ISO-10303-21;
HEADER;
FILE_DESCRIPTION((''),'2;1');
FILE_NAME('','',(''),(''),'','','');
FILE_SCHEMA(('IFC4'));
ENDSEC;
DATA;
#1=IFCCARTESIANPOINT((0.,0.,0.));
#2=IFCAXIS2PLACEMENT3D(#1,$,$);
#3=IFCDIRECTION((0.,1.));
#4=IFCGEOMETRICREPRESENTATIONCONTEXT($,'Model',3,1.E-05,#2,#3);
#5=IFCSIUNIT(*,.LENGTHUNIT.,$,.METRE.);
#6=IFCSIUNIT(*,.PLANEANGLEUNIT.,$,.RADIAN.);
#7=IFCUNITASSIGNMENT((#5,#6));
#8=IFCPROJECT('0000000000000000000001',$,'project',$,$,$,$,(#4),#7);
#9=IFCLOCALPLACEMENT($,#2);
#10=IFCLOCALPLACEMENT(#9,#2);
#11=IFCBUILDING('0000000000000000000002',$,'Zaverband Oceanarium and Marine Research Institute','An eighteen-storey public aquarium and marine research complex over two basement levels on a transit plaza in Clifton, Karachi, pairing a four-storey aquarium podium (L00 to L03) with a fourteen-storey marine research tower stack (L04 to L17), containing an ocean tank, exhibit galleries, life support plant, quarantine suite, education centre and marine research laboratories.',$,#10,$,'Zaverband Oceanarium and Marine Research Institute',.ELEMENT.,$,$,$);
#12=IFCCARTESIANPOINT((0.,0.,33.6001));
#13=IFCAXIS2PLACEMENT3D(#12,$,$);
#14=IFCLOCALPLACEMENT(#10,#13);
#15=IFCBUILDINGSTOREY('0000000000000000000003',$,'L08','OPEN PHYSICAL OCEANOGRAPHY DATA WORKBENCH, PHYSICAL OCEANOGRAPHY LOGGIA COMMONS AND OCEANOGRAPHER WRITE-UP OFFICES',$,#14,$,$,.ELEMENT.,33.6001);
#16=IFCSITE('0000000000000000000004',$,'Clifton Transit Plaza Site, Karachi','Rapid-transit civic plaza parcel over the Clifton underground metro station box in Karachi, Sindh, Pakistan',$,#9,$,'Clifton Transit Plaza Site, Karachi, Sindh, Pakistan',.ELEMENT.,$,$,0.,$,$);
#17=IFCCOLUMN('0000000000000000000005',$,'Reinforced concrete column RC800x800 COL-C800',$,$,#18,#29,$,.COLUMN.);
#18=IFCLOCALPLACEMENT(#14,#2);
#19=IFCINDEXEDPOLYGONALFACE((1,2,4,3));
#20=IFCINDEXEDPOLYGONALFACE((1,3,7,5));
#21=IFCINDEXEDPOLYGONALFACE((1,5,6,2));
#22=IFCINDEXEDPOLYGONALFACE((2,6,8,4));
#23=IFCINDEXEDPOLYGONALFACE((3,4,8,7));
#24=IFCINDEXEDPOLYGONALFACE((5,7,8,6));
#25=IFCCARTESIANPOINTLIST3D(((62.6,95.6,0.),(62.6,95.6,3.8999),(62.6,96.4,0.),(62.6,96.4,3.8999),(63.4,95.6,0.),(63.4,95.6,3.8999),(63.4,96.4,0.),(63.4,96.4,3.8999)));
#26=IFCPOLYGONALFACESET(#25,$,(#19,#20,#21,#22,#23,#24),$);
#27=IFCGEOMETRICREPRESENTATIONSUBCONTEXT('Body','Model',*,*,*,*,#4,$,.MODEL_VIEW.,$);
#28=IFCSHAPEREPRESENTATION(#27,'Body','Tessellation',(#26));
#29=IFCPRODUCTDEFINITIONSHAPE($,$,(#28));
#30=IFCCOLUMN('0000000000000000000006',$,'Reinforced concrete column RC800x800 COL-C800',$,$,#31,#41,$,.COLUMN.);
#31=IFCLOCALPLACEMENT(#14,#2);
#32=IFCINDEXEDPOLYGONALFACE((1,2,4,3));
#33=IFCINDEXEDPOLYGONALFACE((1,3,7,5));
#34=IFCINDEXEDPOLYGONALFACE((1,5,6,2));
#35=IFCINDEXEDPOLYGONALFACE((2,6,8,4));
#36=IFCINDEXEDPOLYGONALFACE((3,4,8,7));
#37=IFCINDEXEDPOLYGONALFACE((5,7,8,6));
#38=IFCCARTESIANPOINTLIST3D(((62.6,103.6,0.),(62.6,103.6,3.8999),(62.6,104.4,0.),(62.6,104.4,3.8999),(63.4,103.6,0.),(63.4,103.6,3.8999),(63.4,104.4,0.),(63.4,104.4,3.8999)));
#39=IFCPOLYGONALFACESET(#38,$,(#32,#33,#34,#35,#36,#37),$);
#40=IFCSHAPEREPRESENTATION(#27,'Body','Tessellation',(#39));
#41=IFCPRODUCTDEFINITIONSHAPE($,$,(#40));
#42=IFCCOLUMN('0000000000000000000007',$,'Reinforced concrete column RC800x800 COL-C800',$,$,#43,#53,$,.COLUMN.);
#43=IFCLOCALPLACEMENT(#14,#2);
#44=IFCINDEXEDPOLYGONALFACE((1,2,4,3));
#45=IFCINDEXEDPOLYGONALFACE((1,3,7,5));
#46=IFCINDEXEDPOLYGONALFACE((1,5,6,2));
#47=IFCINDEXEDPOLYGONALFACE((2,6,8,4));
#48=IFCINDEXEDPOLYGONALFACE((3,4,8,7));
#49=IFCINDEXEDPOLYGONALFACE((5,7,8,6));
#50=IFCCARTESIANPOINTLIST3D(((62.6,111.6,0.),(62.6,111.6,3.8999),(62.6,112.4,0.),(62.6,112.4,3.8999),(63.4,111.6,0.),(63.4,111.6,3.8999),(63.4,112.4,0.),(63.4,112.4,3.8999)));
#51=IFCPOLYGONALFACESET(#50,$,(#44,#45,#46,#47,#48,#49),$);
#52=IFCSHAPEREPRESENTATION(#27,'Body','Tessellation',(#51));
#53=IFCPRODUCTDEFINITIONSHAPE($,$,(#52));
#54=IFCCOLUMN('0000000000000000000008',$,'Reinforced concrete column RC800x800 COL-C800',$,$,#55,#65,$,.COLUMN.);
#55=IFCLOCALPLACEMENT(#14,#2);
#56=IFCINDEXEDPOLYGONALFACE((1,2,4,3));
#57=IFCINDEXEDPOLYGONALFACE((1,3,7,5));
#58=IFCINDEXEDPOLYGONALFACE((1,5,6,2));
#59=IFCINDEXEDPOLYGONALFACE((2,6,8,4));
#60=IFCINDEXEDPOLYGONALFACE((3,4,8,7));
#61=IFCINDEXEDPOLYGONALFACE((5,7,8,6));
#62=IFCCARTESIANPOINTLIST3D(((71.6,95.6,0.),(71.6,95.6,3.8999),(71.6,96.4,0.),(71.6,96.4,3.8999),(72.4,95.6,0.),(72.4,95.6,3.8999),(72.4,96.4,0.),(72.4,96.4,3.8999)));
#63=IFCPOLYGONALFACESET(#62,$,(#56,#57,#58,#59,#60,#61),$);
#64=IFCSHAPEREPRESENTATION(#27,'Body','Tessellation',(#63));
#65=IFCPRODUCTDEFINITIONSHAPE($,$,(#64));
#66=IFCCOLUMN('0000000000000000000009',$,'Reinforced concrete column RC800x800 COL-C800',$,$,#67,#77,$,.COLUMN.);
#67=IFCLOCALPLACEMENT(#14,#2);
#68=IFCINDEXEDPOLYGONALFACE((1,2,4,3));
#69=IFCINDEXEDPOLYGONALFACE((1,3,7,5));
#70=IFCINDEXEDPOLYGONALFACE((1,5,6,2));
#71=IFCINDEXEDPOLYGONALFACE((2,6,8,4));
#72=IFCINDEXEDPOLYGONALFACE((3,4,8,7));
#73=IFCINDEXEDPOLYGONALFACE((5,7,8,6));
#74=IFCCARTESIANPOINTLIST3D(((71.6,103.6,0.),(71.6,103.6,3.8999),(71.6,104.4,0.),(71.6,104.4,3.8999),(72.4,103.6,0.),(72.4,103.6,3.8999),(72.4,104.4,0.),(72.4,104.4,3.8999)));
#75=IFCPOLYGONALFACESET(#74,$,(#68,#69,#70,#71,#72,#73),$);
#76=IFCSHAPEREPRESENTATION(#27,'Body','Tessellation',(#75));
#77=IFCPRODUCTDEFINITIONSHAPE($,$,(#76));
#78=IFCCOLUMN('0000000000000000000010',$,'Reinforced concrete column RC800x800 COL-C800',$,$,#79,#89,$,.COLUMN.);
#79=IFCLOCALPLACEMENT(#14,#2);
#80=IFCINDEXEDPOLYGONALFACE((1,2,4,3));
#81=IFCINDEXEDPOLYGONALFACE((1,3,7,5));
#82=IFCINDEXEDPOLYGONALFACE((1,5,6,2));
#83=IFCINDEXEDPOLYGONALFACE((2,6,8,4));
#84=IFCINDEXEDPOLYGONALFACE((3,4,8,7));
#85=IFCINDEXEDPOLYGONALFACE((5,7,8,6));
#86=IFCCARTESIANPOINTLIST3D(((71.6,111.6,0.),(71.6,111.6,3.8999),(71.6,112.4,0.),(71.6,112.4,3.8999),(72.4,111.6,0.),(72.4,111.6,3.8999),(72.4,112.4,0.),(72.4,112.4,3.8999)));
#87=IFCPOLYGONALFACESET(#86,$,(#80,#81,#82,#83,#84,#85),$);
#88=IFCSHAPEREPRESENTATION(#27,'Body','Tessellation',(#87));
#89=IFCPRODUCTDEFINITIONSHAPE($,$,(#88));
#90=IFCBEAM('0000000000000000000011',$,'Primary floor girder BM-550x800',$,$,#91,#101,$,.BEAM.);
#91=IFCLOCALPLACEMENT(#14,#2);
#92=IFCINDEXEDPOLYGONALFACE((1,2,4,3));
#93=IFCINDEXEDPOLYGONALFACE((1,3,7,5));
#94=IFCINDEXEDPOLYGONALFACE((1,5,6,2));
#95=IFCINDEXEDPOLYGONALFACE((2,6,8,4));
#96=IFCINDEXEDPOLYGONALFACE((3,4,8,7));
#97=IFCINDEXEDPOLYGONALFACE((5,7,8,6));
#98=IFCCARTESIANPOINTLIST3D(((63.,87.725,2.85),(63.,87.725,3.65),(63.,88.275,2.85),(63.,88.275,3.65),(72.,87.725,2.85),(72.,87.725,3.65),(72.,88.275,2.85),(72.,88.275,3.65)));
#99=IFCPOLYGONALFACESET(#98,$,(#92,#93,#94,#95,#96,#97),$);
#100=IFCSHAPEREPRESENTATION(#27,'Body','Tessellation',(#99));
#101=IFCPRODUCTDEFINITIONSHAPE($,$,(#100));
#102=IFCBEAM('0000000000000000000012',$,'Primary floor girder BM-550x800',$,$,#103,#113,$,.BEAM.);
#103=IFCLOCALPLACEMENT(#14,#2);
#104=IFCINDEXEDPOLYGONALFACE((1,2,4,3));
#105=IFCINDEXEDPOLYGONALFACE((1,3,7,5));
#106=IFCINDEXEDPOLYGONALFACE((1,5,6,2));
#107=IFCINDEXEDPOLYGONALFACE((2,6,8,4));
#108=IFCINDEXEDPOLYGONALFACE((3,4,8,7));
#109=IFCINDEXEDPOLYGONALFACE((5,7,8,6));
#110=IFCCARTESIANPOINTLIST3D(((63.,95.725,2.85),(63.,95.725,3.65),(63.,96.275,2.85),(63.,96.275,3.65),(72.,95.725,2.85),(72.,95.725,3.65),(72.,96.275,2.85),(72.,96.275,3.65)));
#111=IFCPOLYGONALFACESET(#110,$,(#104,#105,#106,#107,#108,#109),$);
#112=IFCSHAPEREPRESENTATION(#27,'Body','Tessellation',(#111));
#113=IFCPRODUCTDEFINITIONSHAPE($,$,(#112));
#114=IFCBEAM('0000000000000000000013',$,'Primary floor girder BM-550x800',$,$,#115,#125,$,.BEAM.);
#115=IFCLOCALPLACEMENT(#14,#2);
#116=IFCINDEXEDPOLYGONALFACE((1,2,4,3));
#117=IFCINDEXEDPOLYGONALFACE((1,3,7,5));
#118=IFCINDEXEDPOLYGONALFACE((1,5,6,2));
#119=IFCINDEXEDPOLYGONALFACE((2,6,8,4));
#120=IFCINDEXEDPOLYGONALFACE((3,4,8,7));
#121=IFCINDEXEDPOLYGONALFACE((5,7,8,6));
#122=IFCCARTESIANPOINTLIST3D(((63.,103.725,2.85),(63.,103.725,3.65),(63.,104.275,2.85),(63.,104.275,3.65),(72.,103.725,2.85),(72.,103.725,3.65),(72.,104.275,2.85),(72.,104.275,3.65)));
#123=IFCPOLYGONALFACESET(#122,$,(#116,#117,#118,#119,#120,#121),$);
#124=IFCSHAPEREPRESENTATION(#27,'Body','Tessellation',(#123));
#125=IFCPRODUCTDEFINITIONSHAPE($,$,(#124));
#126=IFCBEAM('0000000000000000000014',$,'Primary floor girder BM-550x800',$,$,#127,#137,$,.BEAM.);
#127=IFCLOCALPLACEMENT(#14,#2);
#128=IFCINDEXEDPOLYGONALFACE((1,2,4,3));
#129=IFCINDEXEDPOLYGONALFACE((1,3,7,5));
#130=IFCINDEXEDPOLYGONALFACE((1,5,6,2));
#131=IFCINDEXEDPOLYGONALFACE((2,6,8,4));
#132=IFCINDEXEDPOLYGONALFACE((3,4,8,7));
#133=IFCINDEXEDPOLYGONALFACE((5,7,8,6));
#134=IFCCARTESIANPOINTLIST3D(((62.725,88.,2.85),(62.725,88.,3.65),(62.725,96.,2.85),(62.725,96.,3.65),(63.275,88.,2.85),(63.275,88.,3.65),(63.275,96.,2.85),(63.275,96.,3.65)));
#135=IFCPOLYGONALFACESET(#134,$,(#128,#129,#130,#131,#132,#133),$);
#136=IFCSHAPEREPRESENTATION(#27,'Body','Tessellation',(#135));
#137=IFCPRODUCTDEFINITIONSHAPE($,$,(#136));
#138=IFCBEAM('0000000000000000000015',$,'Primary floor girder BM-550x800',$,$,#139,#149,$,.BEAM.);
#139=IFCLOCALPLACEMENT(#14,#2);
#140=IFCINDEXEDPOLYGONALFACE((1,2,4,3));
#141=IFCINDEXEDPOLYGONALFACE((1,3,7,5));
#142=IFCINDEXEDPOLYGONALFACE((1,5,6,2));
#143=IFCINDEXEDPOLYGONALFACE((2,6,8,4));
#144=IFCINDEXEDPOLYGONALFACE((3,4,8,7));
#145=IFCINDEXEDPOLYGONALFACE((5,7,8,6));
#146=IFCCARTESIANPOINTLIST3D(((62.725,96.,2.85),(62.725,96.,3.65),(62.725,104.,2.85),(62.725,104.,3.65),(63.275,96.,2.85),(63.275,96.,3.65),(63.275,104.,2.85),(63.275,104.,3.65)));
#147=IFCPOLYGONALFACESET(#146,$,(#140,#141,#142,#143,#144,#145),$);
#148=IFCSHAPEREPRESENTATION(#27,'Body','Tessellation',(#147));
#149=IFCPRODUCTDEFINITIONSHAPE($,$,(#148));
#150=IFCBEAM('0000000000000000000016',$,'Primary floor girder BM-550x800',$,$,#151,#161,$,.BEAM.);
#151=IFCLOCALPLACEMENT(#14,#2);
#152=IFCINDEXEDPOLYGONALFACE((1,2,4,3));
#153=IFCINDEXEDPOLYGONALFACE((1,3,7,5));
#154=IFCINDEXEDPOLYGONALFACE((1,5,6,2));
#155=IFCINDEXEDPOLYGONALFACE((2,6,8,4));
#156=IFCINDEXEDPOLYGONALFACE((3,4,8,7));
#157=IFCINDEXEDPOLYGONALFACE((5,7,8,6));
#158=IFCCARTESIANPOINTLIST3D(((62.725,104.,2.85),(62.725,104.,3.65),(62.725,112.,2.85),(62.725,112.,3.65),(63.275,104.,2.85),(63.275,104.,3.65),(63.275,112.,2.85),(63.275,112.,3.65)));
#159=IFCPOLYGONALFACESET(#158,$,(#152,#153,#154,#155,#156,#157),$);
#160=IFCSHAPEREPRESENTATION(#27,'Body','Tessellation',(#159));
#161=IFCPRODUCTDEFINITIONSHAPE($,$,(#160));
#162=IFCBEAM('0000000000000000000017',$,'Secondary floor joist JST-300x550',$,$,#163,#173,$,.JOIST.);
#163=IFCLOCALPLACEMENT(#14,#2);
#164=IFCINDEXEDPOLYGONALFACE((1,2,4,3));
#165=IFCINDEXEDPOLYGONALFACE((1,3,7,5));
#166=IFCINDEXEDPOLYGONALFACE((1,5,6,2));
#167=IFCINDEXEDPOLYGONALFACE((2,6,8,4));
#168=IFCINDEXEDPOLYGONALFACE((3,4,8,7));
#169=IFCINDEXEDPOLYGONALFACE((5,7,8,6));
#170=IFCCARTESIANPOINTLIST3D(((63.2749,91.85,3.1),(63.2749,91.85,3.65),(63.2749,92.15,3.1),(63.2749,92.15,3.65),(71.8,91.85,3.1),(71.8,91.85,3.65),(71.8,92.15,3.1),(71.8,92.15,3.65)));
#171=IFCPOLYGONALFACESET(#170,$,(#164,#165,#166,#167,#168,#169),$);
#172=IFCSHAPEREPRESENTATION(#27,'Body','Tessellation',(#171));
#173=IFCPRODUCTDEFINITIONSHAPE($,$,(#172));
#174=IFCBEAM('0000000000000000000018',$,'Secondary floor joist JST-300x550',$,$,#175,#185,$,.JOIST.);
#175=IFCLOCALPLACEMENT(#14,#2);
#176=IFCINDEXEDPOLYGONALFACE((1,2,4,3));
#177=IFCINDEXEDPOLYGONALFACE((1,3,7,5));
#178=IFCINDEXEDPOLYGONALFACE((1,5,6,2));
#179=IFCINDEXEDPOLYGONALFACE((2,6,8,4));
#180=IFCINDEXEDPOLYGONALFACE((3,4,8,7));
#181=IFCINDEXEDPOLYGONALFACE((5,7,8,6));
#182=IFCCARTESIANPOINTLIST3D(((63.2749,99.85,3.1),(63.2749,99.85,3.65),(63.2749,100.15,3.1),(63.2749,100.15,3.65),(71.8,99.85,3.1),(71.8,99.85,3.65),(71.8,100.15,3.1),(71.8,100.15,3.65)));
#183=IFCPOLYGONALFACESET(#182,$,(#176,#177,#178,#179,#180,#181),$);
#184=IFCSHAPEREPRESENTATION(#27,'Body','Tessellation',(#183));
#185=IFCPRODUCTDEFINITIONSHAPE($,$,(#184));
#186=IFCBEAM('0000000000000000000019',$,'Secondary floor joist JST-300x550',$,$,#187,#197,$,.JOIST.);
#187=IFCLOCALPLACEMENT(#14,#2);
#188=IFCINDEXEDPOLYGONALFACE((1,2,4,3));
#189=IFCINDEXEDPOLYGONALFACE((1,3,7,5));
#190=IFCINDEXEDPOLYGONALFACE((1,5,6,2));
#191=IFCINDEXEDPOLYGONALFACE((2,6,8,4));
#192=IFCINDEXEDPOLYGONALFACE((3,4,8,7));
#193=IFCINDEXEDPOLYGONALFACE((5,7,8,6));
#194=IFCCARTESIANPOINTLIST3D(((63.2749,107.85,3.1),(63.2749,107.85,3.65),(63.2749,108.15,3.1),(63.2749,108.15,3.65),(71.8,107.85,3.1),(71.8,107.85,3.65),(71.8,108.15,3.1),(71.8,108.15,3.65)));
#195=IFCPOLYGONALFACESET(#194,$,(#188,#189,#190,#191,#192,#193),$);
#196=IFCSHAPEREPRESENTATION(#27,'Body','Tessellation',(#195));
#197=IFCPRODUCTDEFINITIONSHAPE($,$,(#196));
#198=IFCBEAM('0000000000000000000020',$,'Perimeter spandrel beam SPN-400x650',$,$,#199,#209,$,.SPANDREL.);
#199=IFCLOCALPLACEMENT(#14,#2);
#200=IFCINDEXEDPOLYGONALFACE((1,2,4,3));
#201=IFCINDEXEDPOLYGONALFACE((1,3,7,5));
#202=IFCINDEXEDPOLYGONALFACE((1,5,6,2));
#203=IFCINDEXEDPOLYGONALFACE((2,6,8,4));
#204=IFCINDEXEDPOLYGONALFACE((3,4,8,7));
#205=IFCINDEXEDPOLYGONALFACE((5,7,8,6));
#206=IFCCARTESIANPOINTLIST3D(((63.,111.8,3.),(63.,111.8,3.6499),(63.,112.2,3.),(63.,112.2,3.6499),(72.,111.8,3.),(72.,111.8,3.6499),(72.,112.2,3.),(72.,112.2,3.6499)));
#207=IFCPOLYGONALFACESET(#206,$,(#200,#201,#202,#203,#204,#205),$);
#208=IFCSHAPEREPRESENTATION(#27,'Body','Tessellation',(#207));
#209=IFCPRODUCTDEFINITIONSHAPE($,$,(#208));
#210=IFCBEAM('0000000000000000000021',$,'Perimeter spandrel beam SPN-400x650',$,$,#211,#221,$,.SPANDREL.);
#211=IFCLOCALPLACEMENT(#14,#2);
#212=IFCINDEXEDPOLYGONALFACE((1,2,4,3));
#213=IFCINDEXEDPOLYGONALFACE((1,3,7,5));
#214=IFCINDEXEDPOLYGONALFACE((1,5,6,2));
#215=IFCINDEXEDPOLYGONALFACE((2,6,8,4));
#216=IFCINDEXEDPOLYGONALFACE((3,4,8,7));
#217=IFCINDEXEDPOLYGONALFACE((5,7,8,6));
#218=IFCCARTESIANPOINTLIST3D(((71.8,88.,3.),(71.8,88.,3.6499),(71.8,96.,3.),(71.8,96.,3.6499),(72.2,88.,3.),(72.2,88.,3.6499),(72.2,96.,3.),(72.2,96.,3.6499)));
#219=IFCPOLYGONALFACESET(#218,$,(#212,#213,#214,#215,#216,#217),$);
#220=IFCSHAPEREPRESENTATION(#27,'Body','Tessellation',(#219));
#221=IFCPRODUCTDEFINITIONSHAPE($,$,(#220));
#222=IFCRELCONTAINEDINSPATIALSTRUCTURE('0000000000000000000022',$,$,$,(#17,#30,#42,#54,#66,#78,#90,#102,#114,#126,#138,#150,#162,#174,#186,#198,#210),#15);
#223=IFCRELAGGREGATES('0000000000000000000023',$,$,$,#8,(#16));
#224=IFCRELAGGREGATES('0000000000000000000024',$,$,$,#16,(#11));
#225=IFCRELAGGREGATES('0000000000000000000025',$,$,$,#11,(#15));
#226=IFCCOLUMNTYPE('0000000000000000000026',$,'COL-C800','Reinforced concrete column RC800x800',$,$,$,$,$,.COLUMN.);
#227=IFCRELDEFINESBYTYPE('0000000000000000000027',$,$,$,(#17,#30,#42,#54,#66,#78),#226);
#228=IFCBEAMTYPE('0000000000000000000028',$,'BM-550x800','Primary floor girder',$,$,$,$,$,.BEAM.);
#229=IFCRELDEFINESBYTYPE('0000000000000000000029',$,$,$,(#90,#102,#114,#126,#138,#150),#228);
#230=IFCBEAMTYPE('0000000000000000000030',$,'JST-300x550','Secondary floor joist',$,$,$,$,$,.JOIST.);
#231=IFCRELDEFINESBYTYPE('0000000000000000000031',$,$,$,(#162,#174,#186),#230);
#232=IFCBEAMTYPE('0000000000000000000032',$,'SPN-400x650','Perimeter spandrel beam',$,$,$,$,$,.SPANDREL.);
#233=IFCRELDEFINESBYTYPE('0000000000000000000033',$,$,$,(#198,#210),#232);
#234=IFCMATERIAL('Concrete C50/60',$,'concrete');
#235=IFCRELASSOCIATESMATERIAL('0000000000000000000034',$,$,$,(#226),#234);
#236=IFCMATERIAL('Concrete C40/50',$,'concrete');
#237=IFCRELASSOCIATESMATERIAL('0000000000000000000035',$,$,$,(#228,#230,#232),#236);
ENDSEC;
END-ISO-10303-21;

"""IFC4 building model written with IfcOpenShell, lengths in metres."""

from ifc_helpers import new_model, si_unit, direction, frame, origin, origin_2d, place, context, subcontext, project, spatial, rectangle, extrude, material, material_profile, profile_set, type_object, element, save


model = new_model("IFC4")

# Units and contexts
model_context = context("Model", 3, precision=1e-05, world=origin(), true_north=direction((0.0, 1.0)))
body_context = subcontext(model_context, "Body", "Model", "MODEL_VIEW")
ifc_project = project(units=[si_unit("LENGTHUNIT", "METRE"), si_unit("PLANEANGLEUNIT", "RADIAN")], contexts=[model_context])

# Site, building, storey
site_placement = place(None, origin())
site = spatial("IfcSite", under=ifc_project, at=site_placement, Name="Clifton Transit Plaza Site, Karachi", Description="Rapid-transit civic plaza parcel over the Clifton underground metro station box in Karachi, Sindh, Pakistan", LongName="Clifton Transit Plaza Site, Karachi, Sindh, Pakistan", CompositionType="ELEMENT", RefElevation=0.0)
building_placement = place(site_placement, origin())
building = spatial("IfcBuilding", under=site, at=building_placement, Name="Zaverband Oceanarium and Marine Research Institute", Description="An eighteen-storey public aquarium and marine research complex over two basement levels on a transit plaza in Clifton, Karachi, pairing a four-storey aquarium podium (L00 to L03) with a fourteen-storey marine research tower stack (L04 to L17), containing an ocean tank, exhibit galleries, life support plant, quarantine suite, education centre and marine research laboratories.", LongName="Zaverband Oceanarium and Marine Research Institute", CompositionType="ELEMENT")
storey_placement = place(building_placement, frame((0.0, 0.0, 33.6001)))
storey = spatial("IfcBuildingStorey", under=building, at=storey_placement, Name="L08", Description="OPEN PHYSICAL OCEANOGRAPHY DATA WORKBENCH, PHYSICAL OCEANOGRAPHY LOGGIA COMMONS AND OCEANOGRAPHER WRITE-UP OFFICES", CompositionType="ELEMENT", Elevation=33.6001)

# Columns
ifc_material_1 = material(Name="Concrete C50/60", Category="concrete")
ifc_material_profile_1 = material_profile(ifc_material_1, rectangle(XDim=0.8, YDim=0.8, at=origin_2d()), Name="RC800x800")
ifc_profile_set_1 = profile_set([ifc_material_profile_1], Name="Concrete C50/60")
column_type = type_object("IfcColumnType", Name="COL-C800", Description="Reinforced concrete column RC800x800", PredefinedType="COLUMN", material=ifc_profile_set_1)
for number, where, z_axis, x_axis, name in (
    (1, (63.0, 96.0, 0.0), (0.0, 0.0, 1.0), (1.0, 0.0, 0.0), "Reinforced concrete column RC800x800 COL-C800"),
    (2, (63.0, 104.0, 0.0), (0.0, 0.0, 1.0), (1.0, 0.0, 0.0), "Reinforced concrete column RC800x800 COL-C800"),
    (3, (63.0, 112.0, 0.0), (0.0, 0.0, 1.0), (1.0, 0.0, 0.0), "Reinforced concrete column RC800x800 COL-C800"),
    (4, (72.0, 96.0, 0.0), (0.0, 0.0, 1.0), (1.0, 0.0, 0.0), "Reinforced concrete column RC800x800 COL-C800"),
    (5, (72.0, 104.0, 0.0), (0.0, 0.0, 1.0), (1.0, 0.0, 0.0), "Reinforced concrete column RC800x800 COL-C800"),
    (6, (72.0, 112.0, 0.0), (0.0, 0.0, 1.0), (1.0, 0.0, 0.0), "Reinforced concrete column RC800x800 COL-C800"),
):
    element("IfcColumn", number, at=place(storey_placement, frame(where, z_axis=z_axis, x_axis=x_axis)), inside=storey, type_object=column_type, Name=name, PredefinedType="COLUMN", context=body_context, shape_type="SweptSolid", body=[
        extrude(rectangle(XDim=0.8, YDim=0.8, at=origin_2d()), origin(), (0.0, 0.0, 1.0), 3.8999),
    ])

# Beams
ifc_material_2 = material(Name="Concrete C40/50", Category="concrete")
ifc_material_profile_2 = material_profile(ifc_material_2, rectangle(XDim=0.55, YDim=0.8, at=origin_2d()), Name="RC550x800")
ifc_profile_set_2 = profile_set([ifc_material_profile_2], Name="Concrete C40/50")
beam_type_1 = type_object("IfcBeamType", Name="BM-550x800", Description="Primary floor girder", PredefinedType="BEAM", material=ifc_profile_set_2)
for number, where, z_axis, x_axis, name in (
    (7, (63.0, 88.0, 3.25), (1.0, 0.0, 0.0), (0.0, 1.0, 0.0), "Primary floor girder BM-550x800"),
    (8, (63.0, 96.0, 3.25), (1.0, 0.0, 0.0), (0.0, 1.0, 0.0), "Primary floor girder BM-550x800"),
    (9, (63.0, 104.0, 3.25), (1.0, 0.0, 0.0), (0.0, 1.0, 0.0), "Primary floor girder BM-550x800"),
):
    element("IfcBeam", number, at=place(storey_placement, frame(where, z_axis=z_axis, x_axis=x_axis)), inside=storey, type_object=beam_type_1, Name=name, PredefinedType="BEAM", context=body_context, shape_type="SweptSolid", body=[
        extrude(rectangle(XDim=0.55, YDim=0.8, at=origin_2d()), origin(), (0.0, 0.0, 1.0), 9.0),
    ])
for number, where, z_axis, x_axis, name in (
    (10, (63.0, 88.0, 3.25), (0.0, 1.0, 0.0), (-1.0, 0.0, 0.0), "Primary floor girder BM-550x800"),
    (11, (63.0, 96.0, 3.25), (0.0, 1.0, 0.0), (-1.0, 0.0, 0.0), "Primary floor girder BM-550x800"),
    (12, (63.0, 104.0, 3.25), (0.0, 1.0, 0.0), (-1.0, 0.0, 0.0), "Primary floor girder BM-550x800"),
):
    element("IfcBeam", number, at=place(storey_placement, frame(where, z_axis=z_axis, x_axis=x_axis)), inside=storey, type_object=beam_type_1, Name=name, PredefinedType="BEAM", context=body_context, shape_type="SweptSolid", body=[
        extrude(rectangle(XDim=0.55, YDim=0.8, at=origin_2d()), origin(), (0.0, 0.0, 1.0), 8.0),
    ])
ifc_material_profile_3 = material_profile(ifc_material_2, rectangle(XDim=0.3, YDim=0.55, at=origin_2d()), Name="RC300x550")
ifc_profile_set_3 = profile_set([ifc_material_profile_3], Name="Concrete C40/50")
beam_type_2 = type_object("IfcBeamType", Name="JST-300x550", Description="Secondary floor joist", PredefinedType="JOIST", material=ifc_profile_set_3)
for number, where, z_axis, x_axis, name in (
    (13, (63.2749, 92.0, 3.375), (1.0, 0.0, 0.0), (0.0, 1.0, 0.0), "Secondary floor joist JST-300x550"),
    (14, (63.2749, 100.0, 3.375), (1.0, 0.0, 0.0), (0.0, 1.0, 0.0), "Secondary floor joist JST-300x550"),
    (15, (63.2749, 108.0, 3.375), (1.0, 0.0, 0.0), (0.0, 1.0, 0.0), "Secondary floor joist JST-300x550"),
):
    element("IfcBeam", number, at=place(storey_placement, frame(where, z_axis=z_axis, x_axis=x_axis)), inside=storey, type_object=beam_type_2, Name=name, PredefinedType="JOIST", context=body_context, shape_type="SweptSolid", body=[
        extrude(rectangle(XDim=0.3, YDim=0.55, at=origin_2d()), origin(), (0.0, 0.0, 1.0), 8.5251),
    ])
ifc_material_profile_4 = material_profile(ifc_material_2, rectangle(XDim=0.3999, YDim=0.6499, at=origin_2d()), Name="RC400x650")
ifc_profile_set_4 = profile_set([ifc_material_profile_4], Name="Concrete C40/50")
beam_type_3 = type_object("IfcBeamType", Name="SPN-400x650", Description="Perimeter spandrel beam", PredefinedType="SPANDREL", material=ifc_profile_set_4)
beam_placement = place(storey_placement, frame((63.0, 112.0, 3.325), z_axis=(1.0, 0.0, 0.0), x_axis=(0.0, 1.0, 0.0)))
element("IfcBeam", 16, at=beam_placement, inside=storey, type_object=beam_type_3, Name="Perimeter spandrel beam SPN-400x650", PredefinedType="SPANDREL", context=body_context, shape_type="SweptSolid", body=[
    extrude(rectangle(XDim=0.3999, YDim=0.6499, at=origin_2d()), origin(), (0.0, 0.0, 1.0), 9.0),
])
for number, where, z_axis, x_axis, name in (
    (17, (72.0, 88.0, 3.325), (0.0, 1.0, 0.0), (-1.0, 0.0, 0.0), "Perimeter spandrel beam SPN-400x650"),
):
    element("IfcBeam", number, at=place(storey_placement, frame(where, z_axis=z_axis, x_axis=x_axis)), inside=storey, type_object=beam_type_3, Name=name, PredefinedType="SPANDREL", context=body_context, shape_type="SweptSolid", body=[
        extrude(rectangle(XDim=0.3999, YDim=0.6499, at=origin_2d()), origin(), (0.0, 0.0, 1.0), 8.0),
    ])

save(model, "model.ifc")
